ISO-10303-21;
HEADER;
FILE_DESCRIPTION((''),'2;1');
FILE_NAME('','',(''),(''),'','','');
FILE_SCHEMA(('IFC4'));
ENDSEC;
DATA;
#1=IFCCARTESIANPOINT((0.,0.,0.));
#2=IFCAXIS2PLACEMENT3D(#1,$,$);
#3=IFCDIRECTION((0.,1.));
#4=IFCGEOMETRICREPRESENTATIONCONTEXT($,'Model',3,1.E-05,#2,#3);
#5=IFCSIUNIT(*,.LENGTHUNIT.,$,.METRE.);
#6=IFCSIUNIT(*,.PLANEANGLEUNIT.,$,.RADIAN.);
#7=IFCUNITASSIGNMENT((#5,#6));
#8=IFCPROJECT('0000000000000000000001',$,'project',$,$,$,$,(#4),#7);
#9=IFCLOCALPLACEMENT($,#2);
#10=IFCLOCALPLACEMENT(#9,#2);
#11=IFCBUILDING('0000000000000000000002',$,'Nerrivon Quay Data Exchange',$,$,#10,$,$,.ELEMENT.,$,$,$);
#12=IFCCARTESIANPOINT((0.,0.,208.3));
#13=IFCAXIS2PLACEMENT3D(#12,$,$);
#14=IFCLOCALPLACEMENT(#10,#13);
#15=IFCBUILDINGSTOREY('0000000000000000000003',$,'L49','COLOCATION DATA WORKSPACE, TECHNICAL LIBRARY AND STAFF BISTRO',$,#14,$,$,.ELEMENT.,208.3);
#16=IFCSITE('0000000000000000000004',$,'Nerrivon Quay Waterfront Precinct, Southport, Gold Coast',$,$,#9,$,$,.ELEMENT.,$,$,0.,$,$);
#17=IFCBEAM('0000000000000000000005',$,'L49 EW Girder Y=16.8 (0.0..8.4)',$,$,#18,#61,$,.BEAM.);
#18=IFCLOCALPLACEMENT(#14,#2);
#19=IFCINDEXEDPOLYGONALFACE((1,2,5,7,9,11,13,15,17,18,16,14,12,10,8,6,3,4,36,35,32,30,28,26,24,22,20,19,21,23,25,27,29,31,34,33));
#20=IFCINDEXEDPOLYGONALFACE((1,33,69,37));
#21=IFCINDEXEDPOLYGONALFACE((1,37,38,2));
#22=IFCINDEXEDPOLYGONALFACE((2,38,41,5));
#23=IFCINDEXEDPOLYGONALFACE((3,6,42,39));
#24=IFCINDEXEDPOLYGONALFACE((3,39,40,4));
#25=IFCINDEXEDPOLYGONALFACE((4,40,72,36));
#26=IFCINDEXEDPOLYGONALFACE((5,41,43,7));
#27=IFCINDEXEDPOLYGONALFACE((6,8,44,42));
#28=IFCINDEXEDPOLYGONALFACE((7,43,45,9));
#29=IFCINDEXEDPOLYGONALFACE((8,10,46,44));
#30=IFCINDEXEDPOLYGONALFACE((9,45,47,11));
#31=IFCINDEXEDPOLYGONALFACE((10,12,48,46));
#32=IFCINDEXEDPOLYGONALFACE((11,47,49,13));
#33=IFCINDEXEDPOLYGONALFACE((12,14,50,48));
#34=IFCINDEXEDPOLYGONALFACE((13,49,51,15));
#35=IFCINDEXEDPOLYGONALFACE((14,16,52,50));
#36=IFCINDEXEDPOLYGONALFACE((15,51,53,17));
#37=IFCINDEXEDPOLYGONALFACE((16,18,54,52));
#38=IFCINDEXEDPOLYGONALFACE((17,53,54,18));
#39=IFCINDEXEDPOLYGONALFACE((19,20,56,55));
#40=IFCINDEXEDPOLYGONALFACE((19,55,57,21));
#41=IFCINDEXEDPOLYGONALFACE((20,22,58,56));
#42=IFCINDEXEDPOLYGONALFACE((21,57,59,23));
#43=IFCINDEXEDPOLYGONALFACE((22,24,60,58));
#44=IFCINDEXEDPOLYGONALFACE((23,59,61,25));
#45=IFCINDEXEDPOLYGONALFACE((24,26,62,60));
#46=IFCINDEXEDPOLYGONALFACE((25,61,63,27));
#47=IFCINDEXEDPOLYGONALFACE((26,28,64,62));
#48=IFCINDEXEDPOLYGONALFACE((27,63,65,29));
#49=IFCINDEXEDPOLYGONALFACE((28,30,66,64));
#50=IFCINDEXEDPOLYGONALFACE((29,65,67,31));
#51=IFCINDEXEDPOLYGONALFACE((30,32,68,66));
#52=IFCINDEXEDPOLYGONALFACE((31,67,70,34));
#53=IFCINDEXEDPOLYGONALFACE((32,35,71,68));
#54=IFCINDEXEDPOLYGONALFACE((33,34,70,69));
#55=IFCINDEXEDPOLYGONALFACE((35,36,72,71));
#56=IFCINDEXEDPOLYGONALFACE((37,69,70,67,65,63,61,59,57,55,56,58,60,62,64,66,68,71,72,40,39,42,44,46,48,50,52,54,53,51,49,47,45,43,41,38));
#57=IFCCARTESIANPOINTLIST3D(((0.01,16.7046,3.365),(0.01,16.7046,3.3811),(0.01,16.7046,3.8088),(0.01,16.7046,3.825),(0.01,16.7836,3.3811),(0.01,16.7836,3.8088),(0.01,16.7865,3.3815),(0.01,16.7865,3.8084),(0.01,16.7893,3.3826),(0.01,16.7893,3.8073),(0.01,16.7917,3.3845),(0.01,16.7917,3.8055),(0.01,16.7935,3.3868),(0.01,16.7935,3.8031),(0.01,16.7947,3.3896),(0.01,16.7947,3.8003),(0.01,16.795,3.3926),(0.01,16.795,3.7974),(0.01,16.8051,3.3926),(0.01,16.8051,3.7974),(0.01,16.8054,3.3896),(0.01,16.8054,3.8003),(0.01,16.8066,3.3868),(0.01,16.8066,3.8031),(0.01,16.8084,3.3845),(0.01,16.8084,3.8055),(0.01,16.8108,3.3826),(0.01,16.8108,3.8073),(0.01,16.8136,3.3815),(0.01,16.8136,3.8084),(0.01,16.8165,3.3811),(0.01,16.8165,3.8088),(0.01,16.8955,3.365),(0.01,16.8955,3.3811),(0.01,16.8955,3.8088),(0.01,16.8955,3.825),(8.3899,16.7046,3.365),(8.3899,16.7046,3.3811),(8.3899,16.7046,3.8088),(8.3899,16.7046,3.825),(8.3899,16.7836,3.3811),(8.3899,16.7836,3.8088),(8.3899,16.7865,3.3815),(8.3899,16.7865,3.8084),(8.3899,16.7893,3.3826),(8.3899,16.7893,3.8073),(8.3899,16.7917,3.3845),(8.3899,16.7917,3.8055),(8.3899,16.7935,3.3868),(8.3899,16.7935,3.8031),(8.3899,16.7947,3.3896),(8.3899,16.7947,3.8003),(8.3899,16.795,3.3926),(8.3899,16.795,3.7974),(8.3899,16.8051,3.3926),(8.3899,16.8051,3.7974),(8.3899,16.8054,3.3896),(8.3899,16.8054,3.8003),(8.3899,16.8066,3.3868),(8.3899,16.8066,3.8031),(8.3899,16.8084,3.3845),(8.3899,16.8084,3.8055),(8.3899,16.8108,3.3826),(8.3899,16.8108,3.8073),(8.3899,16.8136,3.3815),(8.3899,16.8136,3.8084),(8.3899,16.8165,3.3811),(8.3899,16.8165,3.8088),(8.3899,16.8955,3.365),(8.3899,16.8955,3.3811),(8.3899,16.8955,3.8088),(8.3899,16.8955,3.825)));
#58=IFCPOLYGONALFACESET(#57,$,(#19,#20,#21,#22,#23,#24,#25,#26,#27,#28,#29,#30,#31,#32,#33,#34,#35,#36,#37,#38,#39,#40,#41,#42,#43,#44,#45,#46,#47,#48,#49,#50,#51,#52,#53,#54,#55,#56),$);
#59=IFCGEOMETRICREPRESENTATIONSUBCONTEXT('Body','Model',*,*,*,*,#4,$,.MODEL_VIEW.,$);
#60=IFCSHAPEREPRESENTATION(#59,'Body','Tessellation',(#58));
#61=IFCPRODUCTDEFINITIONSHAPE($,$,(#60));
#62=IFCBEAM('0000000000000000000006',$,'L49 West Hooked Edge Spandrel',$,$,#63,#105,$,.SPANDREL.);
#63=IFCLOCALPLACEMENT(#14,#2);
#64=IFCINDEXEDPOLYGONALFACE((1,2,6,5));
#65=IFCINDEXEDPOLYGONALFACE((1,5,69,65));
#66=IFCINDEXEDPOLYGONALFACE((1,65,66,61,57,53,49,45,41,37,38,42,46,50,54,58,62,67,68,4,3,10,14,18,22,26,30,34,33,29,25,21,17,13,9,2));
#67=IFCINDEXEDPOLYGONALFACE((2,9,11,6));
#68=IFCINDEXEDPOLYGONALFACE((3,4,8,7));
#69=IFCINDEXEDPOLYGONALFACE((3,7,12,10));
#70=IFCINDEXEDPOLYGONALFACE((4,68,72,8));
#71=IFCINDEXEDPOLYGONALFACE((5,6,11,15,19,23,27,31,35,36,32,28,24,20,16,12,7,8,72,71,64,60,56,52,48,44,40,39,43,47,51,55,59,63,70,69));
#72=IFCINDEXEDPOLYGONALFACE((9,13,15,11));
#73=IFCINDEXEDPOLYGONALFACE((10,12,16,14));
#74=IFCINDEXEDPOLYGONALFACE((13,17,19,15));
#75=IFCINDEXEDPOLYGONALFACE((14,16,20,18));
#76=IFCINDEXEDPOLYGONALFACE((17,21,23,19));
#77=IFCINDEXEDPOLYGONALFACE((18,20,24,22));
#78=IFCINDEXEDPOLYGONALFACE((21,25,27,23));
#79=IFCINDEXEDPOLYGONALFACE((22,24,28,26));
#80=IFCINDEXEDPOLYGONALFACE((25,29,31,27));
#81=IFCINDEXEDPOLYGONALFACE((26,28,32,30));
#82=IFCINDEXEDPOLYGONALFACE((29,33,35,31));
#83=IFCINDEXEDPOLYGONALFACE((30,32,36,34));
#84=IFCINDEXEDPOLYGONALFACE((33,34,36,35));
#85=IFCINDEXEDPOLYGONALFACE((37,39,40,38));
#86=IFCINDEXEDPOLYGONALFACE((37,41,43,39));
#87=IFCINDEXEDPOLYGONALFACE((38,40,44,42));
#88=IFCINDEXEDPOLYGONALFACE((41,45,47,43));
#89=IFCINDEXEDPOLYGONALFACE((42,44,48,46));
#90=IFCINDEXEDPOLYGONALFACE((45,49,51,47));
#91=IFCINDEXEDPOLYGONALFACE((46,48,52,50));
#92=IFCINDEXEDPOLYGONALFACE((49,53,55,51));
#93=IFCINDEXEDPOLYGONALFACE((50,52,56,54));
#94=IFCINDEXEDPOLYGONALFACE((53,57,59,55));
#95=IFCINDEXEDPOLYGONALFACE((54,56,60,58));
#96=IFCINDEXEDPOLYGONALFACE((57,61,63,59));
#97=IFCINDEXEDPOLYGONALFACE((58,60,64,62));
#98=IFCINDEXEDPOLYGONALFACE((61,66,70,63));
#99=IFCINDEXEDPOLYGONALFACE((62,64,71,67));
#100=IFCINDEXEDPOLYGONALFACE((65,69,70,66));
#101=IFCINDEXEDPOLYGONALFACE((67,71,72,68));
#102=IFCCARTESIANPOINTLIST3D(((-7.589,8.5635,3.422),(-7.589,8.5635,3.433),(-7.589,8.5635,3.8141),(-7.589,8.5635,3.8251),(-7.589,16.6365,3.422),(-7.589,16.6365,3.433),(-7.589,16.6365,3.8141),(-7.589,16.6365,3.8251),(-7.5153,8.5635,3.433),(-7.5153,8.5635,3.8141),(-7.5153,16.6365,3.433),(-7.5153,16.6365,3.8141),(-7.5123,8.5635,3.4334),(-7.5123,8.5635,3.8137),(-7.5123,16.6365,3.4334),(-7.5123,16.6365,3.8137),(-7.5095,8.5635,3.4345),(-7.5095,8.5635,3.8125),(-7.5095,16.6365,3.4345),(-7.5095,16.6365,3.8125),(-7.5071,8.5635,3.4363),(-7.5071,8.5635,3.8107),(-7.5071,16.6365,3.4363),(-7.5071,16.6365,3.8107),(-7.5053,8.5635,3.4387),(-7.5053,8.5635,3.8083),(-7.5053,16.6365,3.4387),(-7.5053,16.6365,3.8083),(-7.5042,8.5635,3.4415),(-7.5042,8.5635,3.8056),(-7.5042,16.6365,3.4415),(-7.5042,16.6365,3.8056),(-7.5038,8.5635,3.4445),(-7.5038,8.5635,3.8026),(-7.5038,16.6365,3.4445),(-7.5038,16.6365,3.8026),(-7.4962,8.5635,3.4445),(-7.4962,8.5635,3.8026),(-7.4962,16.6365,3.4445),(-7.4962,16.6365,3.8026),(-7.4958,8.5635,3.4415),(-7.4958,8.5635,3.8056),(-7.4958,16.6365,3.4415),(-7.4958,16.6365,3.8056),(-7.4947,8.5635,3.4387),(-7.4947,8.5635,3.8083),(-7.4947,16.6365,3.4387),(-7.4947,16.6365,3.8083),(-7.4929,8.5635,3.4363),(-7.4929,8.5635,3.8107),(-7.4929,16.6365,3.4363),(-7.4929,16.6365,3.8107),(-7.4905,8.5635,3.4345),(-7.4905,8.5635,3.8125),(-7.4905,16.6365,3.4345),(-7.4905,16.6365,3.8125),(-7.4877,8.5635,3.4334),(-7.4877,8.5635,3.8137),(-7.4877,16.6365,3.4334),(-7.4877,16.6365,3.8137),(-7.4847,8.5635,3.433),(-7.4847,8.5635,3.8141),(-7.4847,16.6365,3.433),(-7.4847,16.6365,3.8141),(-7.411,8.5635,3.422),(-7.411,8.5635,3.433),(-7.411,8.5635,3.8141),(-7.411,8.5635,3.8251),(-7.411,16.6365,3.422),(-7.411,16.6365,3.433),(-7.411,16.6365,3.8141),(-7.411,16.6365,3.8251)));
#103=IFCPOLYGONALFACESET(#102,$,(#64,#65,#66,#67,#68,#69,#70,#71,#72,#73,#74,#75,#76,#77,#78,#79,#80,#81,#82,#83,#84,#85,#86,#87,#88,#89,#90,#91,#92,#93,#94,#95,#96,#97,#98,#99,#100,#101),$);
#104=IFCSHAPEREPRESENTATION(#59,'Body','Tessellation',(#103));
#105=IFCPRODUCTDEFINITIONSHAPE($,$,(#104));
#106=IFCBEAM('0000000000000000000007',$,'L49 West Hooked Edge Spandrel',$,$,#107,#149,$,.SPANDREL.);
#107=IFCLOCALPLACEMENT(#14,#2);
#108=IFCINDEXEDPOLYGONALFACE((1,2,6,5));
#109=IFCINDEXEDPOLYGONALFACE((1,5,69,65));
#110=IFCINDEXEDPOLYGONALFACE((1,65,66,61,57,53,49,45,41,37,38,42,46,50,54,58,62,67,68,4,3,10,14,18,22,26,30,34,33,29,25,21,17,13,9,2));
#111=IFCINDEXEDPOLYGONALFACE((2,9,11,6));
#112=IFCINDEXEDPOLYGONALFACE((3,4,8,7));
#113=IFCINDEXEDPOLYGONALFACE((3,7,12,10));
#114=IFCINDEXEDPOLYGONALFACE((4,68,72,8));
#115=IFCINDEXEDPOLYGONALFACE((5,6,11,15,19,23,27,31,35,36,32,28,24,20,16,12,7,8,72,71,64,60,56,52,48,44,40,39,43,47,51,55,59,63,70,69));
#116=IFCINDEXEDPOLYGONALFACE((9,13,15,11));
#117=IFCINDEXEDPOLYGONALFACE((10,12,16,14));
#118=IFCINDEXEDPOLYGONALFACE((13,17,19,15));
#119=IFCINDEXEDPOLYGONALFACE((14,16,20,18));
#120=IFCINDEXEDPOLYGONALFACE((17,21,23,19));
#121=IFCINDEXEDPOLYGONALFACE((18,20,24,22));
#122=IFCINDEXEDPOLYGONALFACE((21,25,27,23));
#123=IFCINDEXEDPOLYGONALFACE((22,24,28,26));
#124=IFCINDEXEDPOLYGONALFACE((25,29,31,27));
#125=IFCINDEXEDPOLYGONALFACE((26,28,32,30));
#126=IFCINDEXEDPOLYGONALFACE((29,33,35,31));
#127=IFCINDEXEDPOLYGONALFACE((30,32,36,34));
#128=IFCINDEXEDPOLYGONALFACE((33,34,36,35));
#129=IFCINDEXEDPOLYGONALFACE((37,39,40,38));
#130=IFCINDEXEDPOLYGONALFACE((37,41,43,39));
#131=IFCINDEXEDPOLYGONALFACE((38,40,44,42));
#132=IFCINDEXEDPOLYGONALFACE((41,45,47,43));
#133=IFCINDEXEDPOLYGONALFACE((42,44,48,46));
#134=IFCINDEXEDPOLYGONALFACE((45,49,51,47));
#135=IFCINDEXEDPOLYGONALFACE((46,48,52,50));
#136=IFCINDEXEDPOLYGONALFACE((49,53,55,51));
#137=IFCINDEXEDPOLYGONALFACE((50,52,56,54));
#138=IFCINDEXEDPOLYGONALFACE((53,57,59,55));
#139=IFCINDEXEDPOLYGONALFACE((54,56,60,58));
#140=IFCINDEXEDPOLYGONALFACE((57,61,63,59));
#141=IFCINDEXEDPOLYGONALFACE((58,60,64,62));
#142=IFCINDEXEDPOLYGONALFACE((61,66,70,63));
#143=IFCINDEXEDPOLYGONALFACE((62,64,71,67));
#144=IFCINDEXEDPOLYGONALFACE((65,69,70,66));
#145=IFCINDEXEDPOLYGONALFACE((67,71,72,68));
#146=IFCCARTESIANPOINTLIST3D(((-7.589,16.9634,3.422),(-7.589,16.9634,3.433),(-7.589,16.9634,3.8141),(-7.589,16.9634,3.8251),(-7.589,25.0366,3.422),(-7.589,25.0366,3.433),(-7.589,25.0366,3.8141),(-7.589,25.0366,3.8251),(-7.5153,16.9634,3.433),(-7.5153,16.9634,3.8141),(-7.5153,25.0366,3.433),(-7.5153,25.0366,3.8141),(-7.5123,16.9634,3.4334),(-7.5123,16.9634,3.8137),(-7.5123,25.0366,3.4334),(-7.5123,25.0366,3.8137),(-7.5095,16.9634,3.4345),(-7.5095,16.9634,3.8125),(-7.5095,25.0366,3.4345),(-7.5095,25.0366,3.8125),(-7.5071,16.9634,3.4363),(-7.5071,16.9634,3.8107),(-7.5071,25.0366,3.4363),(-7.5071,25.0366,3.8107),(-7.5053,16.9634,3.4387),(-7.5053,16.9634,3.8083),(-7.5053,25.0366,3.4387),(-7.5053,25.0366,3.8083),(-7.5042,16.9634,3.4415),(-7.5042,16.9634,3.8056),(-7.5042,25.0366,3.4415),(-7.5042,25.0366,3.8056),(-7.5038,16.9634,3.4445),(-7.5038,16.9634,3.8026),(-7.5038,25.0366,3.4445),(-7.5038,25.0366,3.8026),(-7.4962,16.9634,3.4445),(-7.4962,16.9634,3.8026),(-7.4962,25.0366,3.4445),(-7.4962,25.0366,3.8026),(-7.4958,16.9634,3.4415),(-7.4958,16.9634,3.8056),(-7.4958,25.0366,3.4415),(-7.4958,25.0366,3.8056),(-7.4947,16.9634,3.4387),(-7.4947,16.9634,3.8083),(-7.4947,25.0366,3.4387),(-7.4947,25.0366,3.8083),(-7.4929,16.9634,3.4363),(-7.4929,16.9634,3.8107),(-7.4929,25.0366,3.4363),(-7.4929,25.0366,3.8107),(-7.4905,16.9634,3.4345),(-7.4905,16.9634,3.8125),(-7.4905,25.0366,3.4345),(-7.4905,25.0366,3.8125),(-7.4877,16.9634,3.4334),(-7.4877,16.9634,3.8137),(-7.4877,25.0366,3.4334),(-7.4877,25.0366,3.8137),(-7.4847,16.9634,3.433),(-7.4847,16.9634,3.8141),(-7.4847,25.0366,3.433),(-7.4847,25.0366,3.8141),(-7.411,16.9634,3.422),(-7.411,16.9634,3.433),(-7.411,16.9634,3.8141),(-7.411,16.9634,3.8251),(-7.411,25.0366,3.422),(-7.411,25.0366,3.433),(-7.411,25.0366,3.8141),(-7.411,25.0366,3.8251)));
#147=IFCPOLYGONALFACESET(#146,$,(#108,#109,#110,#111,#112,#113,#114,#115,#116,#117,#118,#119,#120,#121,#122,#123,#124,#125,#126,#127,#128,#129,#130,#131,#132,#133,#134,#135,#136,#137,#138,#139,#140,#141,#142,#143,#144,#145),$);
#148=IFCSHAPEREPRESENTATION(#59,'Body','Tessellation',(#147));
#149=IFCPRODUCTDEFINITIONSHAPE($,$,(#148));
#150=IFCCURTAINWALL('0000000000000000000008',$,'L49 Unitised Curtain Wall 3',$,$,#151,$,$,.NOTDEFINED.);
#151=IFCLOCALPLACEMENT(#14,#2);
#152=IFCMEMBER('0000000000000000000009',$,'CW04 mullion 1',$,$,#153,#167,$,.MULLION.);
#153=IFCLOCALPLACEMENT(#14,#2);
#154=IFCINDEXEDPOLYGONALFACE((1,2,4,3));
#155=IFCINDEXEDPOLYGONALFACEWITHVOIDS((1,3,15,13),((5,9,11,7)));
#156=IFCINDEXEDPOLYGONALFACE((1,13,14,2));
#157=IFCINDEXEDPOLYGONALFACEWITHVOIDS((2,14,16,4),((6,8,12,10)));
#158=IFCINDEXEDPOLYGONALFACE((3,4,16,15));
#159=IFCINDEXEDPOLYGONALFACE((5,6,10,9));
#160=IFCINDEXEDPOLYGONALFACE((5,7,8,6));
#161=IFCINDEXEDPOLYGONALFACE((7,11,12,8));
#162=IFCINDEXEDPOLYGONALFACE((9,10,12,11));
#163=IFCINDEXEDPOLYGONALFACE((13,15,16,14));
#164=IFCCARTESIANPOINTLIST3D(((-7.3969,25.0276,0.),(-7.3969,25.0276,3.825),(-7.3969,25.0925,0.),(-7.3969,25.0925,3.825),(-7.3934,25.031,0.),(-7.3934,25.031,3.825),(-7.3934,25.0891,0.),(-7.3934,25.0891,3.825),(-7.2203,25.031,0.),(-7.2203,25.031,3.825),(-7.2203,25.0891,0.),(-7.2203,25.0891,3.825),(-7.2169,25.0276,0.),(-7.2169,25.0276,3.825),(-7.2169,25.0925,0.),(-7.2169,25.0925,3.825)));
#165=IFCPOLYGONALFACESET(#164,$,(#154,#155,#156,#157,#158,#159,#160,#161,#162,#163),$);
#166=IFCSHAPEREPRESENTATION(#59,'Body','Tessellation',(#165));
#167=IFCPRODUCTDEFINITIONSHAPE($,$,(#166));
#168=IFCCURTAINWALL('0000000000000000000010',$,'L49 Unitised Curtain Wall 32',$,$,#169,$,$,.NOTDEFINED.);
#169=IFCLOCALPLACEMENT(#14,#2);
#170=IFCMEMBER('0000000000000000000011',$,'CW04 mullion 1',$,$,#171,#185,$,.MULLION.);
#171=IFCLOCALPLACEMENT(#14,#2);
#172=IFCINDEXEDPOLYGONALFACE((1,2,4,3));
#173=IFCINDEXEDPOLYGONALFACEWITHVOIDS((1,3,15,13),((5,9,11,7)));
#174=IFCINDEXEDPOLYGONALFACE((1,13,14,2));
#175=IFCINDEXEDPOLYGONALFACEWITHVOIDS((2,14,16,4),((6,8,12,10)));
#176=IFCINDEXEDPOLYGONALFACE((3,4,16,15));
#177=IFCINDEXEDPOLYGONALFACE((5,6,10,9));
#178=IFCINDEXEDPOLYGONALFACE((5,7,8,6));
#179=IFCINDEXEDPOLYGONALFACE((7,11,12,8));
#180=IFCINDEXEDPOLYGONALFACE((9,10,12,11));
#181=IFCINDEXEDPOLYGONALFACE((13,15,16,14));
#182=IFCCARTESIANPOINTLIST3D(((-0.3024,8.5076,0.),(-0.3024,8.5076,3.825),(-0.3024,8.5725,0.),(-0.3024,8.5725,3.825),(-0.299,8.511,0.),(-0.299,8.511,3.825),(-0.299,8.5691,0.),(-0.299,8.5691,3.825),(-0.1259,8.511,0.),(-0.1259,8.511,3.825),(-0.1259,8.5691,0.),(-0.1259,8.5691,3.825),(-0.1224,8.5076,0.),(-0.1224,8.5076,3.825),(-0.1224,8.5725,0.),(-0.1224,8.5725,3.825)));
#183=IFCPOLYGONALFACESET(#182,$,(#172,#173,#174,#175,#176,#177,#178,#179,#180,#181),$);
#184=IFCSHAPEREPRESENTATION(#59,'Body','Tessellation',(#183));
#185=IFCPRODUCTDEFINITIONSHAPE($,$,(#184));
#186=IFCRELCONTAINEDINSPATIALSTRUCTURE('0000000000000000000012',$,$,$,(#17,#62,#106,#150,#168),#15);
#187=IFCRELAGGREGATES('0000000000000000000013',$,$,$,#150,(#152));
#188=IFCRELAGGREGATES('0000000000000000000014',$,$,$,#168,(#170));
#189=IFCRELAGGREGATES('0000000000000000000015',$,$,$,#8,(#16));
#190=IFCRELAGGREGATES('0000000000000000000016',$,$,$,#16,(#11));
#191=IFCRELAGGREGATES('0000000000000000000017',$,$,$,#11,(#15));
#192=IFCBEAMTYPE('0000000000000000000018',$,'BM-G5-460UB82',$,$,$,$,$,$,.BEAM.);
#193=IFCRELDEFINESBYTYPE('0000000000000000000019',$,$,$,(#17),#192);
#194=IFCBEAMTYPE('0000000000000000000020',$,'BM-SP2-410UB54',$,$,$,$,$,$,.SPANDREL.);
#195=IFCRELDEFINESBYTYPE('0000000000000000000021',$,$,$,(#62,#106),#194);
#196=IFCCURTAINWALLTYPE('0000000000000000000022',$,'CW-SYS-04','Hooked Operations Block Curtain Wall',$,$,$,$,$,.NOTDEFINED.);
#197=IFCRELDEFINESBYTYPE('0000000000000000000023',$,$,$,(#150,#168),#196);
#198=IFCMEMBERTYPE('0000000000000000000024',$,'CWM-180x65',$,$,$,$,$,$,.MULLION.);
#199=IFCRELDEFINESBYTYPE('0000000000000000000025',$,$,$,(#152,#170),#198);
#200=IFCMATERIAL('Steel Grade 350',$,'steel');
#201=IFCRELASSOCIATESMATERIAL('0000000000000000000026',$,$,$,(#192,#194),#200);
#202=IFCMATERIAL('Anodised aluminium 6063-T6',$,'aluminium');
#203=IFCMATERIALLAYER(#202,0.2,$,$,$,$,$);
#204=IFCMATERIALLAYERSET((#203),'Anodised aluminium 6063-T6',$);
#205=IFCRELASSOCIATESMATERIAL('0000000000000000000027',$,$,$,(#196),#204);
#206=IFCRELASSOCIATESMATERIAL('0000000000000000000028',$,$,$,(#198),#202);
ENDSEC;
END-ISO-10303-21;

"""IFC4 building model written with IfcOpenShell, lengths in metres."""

from ifc_helpers import new_model, si_unit, direction, frame, origin, origin_2d, place, context, subcontext, project, spatial, hollow_rectangle, i_section, extrude, material, layer, layer_set, material_profile, profile_set, type_object, element, aggregate, save


model = new_model("IFC4")

# Units and contexts
model_context = context("Model", 3, precision=1e-05, world=origin(), true_north=direction((0.0, 1.0)))
body_context = subcontext(model_context, "Body", "Model", "MODEL_VIEW")
ifc_project = project(units=[si_unit("LENGTHUNIT", "METRE"), si_unit("PLANEANGLEUNIT", "RADIAN")], contexts=[model_context])

# Site, building, storey
site_placement = place(None, origin())
site = spatial("IfcSite", under=ifc_project, at=site_placement, Name="Nerrivon Quay Waterfront Precinct, Southport, Gold Coast", CompositionType="ELEMENT", RefElevation=0.0)
building_placement = place(site_placement, origin())
building = spatial("IfcBuilding", under=site, at=building_placement, Name="Nerrivon Quay Data Exchange", CompositionType="ELEMENT")
storey_placement = place(building_placement, frame((0.0, 0.0, 208.3)))
storey = spatial("IfcBuildingStorey", under=building, at=storey_placement, Name="L49", Description="COLOCATION DATA WORKSPACE, TECHNICAL LIBRARY AND STAFF BISTRO", CompositionType="ELEMENT", Elevation=208.3)

# Shared definitions
ifc_material_1 = material(Name="Steel Grade 350", Category="steel")

# Beams
ifc_material_profile_1 = material_profile(ifc_material_1, i_section(OverallWidth=0.1909, OverallDepth=0.46, WebThickness=0.01, FlangeThickness=0.0161, FilletRadius=0.0115, at=origin_2d()), Name="460UB82.1")
ifc_profile_set_1 = profile_set([ifc_material_profile_1], Name="Steel Grade 350")
beam_type_1 = type_object("IfcBeamType", Name="BM-G5-460UB82", PredefinedType="BEAM", material=ifc_profile_set_1)
beam_1_placement = place(storey_placement, frame((0.01, 16.8, 3.595), z_axis=(1.0, 0.0, 0.0), x_axis=(0.0, 1.0, 0.0)))
element("IfcBeam", 1, at=beam_1_placement, inside=storey, type_object=beam_type_1, Name="L49 EW Girder Y=16.8 (0.0..8.4)", PredefinedType="BEAM", context=body_context, shape_type="SweptSolid", body=[
    extrude(i_section(OverallWidth=0.1909, OverallDepth=0.46, WebThickness=0.01, FlangeThickness=0.0161, FilletRadius=0.0115, at=origin_2d()), origin(), (0.0, 0.0, 1.0), 8.3799),
])
ifc_material_profile_2 = material_profile(ifc_material_1, i_section(OverallWidth=0.178, OverallDepth=0.4031, WebThickness=0.0076, FlangeThickness=0.011, FilletRadius=0.0115, at=origin_2d()), Name="410UB53.7")
ifc_profile_set_2 = profile_set([ifc_material_profile_2], Name="Steel Grade 350")
beam_type_2 = type_object("IfcBeamType", Name="BM-SP2-410UB54", PredefinedType="SPANDREL", material=ifc_profile_set_2)
beam_2_placement = place(storey_placement, frame((-7.5, 8.5635, 3.6235), z_axis=(0.0, 1.0, 0.0), x_axis=(-1.0, 0.0, 0.0)))
element("IfcBeam", 2, at=beam_2_placement, inside=storey, type_object=beam_type_2, Name="L49 West Hooked Edge Spandrel", PredefinedType="SPANDREL", context=body_context, shape_type="SweptSolid", body=[
    extrude(i_section(OverallWidth=0.178, OverallDepth=0.4031, WebThickness=0.0076, FlangeThickness=0.011, FilletRadius=0.0115, at=origin_2d()), origin(), (0.0, 0.0, 1.0), 8.073),
])
beam_3_placement = place(storey_placement, frame((-7.5, 16.9634, 3.6235), z_axis=(0.0, 1.0, 0.0), x_axis=(-1.0, 0.0, 0.0)))
element("IfcBeam", 3, at=beam_3_placement, inside=storey, type_object=beam_type_2, Name="L49 West Hooked Edge Spandrel", PredefinedType="SPANDREL", context=body_context, shape_type="SweptSolid", body=[
    extrude(i_section(OverallWidth=0.178, OverallDepth=0.4031, WebThickness=0.0076, FlangeThickness=0.011, FilletRadius=0.0115, at=origin_2d()), origin(), (0.0, 0.0, 1.0), 8.0732),
])

# Curtain wall, member
ifc_material_2 = material(Name="Anodised aluminium 6063-T6", Category="aluminium")
ifc_layer_1 = layer(ifc_material_2, 0.2)
ifc_layer_set_1 = layer_set([ifc_layer_1], Name="Anodised aluminium 6063-T6")
curtain_wall_type = type_object("IfcCurtainWallType", Name="CW-SYS-04", Description="Hooked Operations Block Curtain Wall", PredefinedType="NOTDEFINED", material=ifc_layer_set_1)
curtain_wall_1_placement = place(storey_placement, origin())
curtain_wall_1 = element("IfcCurtainWall", 4, at=curtain_wall_1_placement, inside=storey, type_object=curtain_wall_type, Name="L49 Unitised Curtain Wall 3", PredefinedType="NOTDEFINED")
ifc_material_profile_3 = material_profile(ifc_material_2, hollow_rectangle(XDim=0.0649, YDim=0.1799, WallThickness=0.0034, at=origin_2d()), Name="ALU-MULL-180x65")
ifc_profile_set_3 = profile_set([ifc_material_profile_3], Name="Anodised aluminium 6063-T6")
member_type_1 = type_object("IfcMemberType", Name="CWM-180x65", PredefinedType="MULLION", material=ifc_profile_set_3)
member_1_placement = place(storey_placement, frame((-7.3069, 25.0601, 0.0), z_axis=(0.0, 0.0, 1.0), x_axis=(0.0, 1.0, 0.0)))
member_1 = element("IfcMember", 5, at=member_1_placement, type_object=member_type_1, Name="CW04 mullion 1", PredefinedType="MULLION", context=body_context, shape_type="SweptSolid", body=[
    extrude(hollow_rectangle(XDim=0.0649, YDim=0.1799, WallThickness=0.0034, at=origin_2d()), origin(), (0.0, 0.0, 1.0), 3.825),
])
aggregate(curtain_wall_1, [member_1])

# Curtain wall, member
curtain_wall_2_placement = place(storey_placement, origin())
curtain_wall_2 = element("IfcCurtainWall", 6, at=curtain_wall_2_placement, inside=storey, type_object=curtain_wall_type, Name="L49 Unitised Curtain Wall 32", PredefinedType="NOTDEFINED")
member_2_placement = place(storey_placement, frame((-0.2124, 8.54, 0.0), z_axis=(0.0, 0.0, 1.0), x_axis=(0.0, -1.0, 0.0)))
member_2 = element("IfcMember", 7, at=member_2_placement, type_object=member_type_1, Name="CW04 mullion 1", PredefinedType="MULLION", context=body_context, shape_type="SweptSolid", body=[
    extrude(hollow_rectangle(XDim=0.0649, YDim=0.1799, WallThickness=0.0034, at=origin_2d()), origin(), (0.0, 0.0, 1.0), 3.825),
])
aggregate(curtain_wall_2, [member_2])

save(model, "model.ifc")
